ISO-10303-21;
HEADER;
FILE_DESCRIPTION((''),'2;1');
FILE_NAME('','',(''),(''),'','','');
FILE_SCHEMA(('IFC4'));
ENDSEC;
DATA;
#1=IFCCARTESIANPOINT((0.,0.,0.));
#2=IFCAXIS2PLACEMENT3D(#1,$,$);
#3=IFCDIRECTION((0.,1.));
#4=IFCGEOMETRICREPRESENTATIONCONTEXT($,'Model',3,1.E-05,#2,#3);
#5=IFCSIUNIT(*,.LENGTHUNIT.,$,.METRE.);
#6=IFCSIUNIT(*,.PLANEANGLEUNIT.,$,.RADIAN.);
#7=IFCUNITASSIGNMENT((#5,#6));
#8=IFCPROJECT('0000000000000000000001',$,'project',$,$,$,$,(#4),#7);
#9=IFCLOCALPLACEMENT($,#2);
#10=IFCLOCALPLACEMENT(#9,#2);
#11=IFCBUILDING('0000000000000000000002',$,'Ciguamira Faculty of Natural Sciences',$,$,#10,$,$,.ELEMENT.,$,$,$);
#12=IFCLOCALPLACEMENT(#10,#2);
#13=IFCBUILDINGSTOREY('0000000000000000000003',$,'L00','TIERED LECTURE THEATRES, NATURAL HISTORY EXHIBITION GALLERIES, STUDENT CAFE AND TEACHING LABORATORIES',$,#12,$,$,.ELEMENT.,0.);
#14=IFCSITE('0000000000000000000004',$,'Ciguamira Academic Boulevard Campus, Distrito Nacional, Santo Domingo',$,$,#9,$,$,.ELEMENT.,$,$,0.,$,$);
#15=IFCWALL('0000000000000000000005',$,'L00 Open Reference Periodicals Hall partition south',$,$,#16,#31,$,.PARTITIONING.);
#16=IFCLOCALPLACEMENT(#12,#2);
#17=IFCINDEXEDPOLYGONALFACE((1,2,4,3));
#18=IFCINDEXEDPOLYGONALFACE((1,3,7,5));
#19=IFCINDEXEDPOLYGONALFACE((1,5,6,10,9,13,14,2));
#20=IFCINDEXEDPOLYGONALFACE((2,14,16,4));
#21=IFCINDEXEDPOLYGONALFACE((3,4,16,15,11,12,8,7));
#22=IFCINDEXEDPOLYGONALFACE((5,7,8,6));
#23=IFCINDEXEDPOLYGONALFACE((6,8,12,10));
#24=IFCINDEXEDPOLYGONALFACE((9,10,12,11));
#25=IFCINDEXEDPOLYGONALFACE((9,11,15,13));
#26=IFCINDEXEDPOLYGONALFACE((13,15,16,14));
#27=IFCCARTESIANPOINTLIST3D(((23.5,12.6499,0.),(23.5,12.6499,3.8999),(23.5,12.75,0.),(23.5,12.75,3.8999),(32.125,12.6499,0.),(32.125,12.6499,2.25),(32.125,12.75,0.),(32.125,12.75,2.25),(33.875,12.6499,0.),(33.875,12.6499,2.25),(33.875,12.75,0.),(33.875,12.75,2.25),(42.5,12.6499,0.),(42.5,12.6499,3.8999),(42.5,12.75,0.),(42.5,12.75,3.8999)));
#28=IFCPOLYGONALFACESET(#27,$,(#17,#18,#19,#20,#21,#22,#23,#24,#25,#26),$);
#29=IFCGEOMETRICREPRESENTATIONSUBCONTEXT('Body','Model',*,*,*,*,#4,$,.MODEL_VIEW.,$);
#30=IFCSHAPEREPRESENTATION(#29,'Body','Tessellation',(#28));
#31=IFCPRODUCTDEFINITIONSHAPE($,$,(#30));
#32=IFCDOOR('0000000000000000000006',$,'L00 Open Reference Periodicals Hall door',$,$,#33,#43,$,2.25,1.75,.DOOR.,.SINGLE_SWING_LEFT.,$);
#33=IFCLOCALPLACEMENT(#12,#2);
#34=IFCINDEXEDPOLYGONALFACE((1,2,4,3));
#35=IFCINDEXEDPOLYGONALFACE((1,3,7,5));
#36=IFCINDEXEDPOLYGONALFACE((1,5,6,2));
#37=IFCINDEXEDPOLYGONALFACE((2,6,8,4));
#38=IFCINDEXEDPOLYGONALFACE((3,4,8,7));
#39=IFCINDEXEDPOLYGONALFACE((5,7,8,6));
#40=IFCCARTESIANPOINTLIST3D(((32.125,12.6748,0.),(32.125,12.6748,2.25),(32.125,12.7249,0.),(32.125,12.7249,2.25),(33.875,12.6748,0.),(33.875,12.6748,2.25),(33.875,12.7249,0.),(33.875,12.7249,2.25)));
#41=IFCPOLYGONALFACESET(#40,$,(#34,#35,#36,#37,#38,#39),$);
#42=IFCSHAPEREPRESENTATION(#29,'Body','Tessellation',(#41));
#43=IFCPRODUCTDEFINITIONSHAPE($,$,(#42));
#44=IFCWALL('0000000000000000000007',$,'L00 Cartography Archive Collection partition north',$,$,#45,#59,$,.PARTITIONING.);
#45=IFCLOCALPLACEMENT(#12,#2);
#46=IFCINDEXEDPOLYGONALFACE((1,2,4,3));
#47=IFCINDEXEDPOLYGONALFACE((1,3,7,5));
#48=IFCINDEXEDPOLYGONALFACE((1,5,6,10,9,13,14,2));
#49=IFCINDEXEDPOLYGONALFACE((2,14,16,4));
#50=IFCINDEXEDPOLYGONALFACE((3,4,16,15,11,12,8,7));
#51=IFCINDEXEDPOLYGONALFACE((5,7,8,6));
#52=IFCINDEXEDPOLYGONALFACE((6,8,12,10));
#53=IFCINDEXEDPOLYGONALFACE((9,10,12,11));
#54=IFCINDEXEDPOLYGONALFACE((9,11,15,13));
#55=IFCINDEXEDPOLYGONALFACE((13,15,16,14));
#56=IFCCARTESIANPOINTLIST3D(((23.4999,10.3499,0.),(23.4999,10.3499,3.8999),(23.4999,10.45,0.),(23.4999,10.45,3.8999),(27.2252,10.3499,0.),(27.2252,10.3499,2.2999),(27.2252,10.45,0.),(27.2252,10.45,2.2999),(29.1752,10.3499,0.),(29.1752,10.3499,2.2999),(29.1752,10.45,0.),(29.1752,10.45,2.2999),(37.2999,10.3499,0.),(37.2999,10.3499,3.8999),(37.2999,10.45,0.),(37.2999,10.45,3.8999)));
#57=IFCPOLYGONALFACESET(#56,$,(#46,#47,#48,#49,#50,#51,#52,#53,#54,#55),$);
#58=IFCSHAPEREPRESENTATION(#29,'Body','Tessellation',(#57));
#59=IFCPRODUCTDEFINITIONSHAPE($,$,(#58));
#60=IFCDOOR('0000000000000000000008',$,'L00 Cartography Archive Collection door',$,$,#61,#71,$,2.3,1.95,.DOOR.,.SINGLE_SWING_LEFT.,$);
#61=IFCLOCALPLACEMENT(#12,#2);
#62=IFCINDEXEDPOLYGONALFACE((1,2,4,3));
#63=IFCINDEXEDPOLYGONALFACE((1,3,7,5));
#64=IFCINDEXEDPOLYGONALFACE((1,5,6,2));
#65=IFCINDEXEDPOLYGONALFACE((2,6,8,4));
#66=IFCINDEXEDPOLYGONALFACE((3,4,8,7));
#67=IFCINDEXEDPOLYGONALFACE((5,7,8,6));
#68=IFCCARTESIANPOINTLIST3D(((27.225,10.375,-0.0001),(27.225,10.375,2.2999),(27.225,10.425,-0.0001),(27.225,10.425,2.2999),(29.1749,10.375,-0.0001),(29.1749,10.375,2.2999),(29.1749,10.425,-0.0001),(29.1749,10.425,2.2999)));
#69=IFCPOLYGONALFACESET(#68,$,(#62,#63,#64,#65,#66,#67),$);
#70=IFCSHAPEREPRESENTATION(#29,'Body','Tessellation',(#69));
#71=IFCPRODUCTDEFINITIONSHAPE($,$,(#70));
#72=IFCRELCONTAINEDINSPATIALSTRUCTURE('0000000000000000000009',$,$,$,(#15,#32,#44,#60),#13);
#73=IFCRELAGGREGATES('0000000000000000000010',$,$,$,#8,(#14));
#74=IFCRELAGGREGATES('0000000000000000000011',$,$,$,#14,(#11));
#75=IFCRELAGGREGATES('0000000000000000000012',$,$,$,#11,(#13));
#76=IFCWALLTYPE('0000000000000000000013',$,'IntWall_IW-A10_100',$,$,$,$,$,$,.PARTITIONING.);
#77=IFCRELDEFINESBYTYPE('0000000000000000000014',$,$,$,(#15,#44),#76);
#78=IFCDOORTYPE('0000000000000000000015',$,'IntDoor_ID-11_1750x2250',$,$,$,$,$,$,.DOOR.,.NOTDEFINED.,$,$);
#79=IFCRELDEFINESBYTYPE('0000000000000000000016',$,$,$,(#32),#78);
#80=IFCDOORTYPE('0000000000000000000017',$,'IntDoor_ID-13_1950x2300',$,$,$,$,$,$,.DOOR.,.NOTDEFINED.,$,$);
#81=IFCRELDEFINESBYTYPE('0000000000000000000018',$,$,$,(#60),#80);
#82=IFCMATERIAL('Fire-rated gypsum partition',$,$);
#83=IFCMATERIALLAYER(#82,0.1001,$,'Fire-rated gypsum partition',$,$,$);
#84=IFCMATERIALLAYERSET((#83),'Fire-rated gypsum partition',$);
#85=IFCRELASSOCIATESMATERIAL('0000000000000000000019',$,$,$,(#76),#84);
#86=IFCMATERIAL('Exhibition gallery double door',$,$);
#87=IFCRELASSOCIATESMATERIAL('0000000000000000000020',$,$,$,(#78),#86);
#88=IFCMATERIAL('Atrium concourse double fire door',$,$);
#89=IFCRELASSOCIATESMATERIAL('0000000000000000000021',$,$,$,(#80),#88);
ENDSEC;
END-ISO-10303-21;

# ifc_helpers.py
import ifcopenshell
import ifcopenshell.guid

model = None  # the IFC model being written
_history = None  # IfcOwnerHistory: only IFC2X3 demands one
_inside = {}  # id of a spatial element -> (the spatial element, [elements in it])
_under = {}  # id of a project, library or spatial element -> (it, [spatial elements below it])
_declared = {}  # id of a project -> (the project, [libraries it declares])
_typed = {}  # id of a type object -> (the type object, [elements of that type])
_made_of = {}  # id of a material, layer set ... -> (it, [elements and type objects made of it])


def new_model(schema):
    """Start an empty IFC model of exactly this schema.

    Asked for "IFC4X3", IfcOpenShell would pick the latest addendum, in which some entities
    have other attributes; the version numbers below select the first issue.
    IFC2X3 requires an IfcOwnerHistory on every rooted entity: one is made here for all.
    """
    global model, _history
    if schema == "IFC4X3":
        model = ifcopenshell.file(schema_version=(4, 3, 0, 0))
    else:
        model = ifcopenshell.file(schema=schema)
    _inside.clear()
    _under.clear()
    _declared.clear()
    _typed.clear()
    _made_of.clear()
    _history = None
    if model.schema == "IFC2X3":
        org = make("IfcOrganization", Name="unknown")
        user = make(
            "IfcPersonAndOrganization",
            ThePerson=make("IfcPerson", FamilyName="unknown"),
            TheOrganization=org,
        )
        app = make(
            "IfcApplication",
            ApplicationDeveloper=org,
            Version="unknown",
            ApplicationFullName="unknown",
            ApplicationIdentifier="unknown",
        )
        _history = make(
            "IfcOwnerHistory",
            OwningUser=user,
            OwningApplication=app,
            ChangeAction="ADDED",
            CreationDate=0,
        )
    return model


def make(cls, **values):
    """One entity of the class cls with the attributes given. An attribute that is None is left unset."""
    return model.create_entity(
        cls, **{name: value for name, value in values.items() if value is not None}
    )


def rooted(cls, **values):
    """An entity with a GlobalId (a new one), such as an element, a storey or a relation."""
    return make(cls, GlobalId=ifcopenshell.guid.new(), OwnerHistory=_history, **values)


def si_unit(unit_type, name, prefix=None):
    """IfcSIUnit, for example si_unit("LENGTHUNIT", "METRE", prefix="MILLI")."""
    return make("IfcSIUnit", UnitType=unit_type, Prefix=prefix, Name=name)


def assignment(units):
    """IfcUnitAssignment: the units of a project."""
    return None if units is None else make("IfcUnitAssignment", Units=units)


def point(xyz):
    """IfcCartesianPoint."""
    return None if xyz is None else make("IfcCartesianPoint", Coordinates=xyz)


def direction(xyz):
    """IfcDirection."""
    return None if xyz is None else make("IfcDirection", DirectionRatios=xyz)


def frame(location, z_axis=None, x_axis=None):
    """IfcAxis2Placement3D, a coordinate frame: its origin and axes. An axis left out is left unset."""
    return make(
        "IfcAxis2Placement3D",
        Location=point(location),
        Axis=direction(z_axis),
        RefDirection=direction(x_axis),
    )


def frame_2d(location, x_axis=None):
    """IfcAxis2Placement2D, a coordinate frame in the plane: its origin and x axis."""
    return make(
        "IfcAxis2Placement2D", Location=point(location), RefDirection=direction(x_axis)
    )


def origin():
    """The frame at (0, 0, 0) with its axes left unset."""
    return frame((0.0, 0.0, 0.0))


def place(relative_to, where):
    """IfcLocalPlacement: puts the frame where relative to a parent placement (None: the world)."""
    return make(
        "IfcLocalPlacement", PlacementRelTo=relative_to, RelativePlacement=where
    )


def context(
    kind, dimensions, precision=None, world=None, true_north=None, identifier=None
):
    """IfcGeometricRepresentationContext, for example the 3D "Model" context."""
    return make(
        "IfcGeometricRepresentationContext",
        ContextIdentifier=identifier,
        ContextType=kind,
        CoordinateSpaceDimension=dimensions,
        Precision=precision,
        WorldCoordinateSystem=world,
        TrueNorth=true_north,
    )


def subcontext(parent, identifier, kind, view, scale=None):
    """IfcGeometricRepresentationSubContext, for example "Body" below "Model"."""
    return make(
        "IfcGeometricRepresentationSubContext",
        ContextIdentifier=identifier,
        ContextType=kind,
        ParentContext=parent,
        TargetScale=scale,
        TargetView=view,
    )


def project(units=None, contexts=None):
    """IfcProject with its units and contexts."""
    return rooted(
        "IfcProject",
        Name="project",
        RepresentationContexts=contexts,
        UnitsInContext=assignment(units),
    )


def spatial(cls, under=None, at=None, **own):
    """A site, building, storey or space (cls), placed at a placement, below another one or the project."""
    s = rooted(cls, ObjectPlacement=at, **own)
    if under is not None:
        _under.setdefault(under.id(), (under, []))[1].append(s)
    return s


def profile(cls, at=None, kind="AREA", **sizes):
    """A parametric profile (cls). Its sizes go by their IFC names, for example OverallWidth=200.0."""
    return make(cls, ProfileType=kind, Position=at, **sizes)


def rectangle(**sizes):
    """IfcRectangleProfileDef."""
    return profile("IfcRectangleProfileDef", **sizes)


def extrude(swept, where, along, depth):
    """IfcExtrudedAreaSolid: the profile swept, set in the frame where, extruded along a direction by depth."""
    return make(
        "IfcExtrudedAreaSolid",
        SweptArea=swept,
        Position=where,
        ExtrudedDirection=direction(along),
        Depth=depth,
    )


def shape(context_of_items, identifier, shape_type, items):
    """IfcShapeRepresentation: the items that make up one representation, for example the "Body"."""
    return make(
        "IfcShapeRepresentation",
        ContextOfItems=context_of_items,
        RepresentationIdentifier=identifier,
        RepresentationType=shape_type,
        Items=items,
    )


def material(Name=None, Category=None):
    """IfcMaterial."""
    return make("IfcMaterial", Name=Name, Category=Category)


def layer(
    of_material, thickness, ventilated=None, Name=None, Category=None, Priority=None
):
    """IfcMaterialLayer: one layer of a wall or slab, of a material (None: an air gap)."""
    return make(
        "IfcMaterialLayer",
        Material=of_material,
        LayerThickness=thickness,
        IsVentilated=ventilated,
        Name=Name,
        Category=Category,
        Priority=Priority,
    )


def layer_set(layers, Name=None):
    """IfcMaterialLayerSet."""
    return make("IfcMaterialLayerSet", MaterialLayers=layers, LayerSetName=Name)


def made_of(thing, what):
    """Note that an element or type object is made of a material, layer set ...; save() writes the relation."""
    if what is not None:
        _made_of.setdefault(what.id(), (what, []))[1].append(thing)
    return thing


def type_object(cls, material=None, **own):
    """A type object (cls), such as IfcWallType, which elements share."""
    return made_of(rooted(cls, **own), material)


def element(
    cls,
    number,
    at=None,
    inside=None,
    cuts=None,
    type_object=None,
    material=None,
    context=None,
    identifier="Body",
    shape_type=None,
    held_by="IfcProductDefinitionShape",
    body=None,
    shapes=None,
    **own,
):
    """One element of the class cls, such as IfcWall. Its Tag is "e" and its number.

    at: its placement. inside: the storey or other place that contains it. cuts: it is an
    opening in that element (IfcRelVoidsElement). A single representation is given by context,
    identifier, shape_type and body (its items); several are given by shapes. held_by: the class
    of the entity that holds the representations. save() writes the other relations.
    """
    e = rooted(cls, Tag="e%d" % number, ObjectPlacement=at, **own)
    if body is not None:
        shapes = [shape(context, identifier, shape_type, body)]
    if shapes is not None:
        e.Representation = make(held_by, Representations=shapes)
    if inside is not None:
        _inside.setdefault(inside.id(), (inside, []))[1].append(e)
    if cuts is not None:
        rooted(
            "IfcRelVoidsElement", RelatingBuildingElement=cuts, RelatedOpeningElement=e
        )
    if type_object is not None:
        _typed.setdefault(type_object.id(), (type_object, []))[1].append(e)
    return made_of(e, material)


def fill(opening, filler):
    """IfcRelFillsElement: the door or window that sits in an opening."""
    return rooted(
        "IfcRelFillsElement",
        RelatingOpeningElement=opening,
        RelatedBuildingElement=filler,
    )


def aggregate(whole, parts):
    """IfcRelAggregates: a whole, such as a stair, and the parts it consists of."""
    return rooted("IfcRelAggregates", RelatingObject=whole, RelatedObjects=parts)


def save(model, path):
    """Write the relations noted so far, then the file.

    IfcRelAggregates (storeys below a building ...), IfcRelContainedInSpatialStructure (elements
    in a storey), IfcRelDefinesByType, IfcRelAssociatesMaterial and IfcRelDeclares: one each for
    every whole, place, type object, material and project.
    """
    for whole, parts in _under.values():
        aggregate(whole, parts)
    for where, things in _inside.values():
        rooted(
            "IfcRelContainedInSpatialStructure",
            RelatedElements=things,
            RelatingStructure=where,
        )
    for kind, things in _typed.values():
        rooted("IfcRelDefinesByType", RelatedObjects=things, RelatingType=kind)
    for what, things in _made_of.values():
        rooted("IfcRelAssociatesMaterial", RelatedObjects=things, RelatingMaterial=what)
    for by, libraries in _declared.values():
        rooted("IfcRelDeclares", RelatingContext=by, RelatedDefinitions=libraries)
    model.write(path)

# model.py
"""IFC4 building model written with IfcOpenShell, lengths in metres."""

from ifc_helpers import new_model, si_unit, direction, frame, frame_2d, origin, place, context, subcontext, project, spatial, rectangle, extrude, material, layer, layer_set, type_object, element, fill, save


model = new_model("IFC4")

# Units and contexts
model_context = context("Model", 3, precision=1e-05, world=origin(), true_north=direction((0.0, 1.0)))
body_context = subcontext(model_context, "Body", "Model", "MODEL_VIEW")
ifc_project = project(units=[si_unit("LENGTHUNIT", "METRE"), si_unit("PLANEANGLEUNIT", "RADIAN")], contexts=[model_context])

# Site, building, storey
site_placement = place(None, origin())
site = spatial("IfcSite", under=ifc_project, at=site_placement, Name="Ciguamira Academic Boulevard Campus, Distrito Nacional, Santo Domingo", CompositionType="ELEMENT", RefElevation=0.0)
building_placement = place(site_placement, origin())
building = spatial("IfcBuilding", under=site, at=building_placement, Name="Ciguamira Faculty of Natural Sciences", CompositionType="ELEMENT")
storey_placement = place(building_placement, origin())
storey = spatial("IfcBuildingStorey", under=building, at=storey_placement, Name="L00", Description="TIERED LECTURE THEATRES, NATURAL HISTORY EXHIBITION GALLERIES, STUDENT CAFE AND TEACHING LABORATORIES", CompositionType="ELEMENT", Elevation=0.0)

# Shared definitions
ifc_material_1 = material(Name="Fire-rated gypsum partition")
ifc_layer = layer(ifc_material_1, 0.1001, Name="Fire-rated gypsum partition")
ifc_layer_set = layer_set([ifc_layer], Name="Fire-rated gypsum partition")
wall_type = type_object("IfcWallType", Name="IntWall_IW-A10_100", PredefinedType="PARTITIONING", material=ifc_layer_set)

# Walls, openings, doors
wall_1_placement = place(storey_placement, frame((23.5, 12.7, 0.0), z_axis=(0.0, 0.0, 1.0), x_axis=(1.0, 0.0, 0.0)))
wall_1 = element("IfcWall", 1, at=wall_1_placement, inside=storey, type_object=wall_type, Name="L00 Open Reference Periodicals Hall partition south", PredefinedType="PARTITIONING", context=body_context, shape_type="SweptSolid", body=[
    extrude(rectangle(XDim=19.0, YDim=0.1001, at=frame_2d((9.5, 0.0))), origin(), (0.0, 0.0, 1.0), 3.8999),
])
opening_1_placement = place(wall_1_placement, frame((8.625, 0.0, 0.0)))
opening_1 = element("IfcOpeningElement", 2, at=opening_1_placement, cuts=wall_1, PredefinedType="OPENING", context=body_context, shape_type="SweptSolid", body=[
    extrude(rectangle(XDim=1.75, YDim=2.25, at=frame_2d((0.875, 1.125))), frame((0.0, 0.0601, 0.0), z_axis=(0.0, -1.0, 0.0), x_axis=(1.0, 0.0, 0.0)), (0.0, 0.0, 1.0), 0.1201),
])
ifc_material_2 = material(Name="Exhibition gallery double door")
door_type_1 = type_object("IfcDoorType", Name="IntDoor_ID-11_1750x2250", OperationType="NOTDEFINED", PredefinedType="DOOR", material=ifc_material_2)
door_1_placement = place(opening_1_placement, origin())
door_1 = element("IfcDoor", 3, at=door_1_placement, inside=storey, type_object=door_type_1, Name="L00 Open Reference Periodicals Hall door", OperationType="SINGLE_SWING_LEFT", OverallHeight=2.25, OverallWidth=1.75, PredefinedType="DOOR", context=body_context, shape_type="SweptSolid", body=[
    extrude(rectangle(XDim=1.75, YDim=2.25, at=frame_2d((0.875, 1.125))), frame((0.0, 0.0249, 0.0), z_axis=(0.0, -1.0, 0.0), x_axis=(1.0, 0.0, 0.0)), (0.0, 0.0, 1.0), 0.05),
])
fill(opening_1, door_1)
wall_2_placement = place(storey_placement, frame((23.5, 10.3999, 0.0), z_axis=(0.0, 0.0, 1.0), x_axis=(1.0, 0.0, 0.0)))
wall_2 = element("IfcWall", 4, at=wall_2_placement, inside=storey, type_object=wall_type, Name="L00 Cartography Archive Collection partition north", PredefinedType="PARTITIONING", context=body_context, shape_type="SweptSolid", body=[
    extrude(rectangle(XDim=13.8, YDim=0.1001, at=frame_2d((6.8999, 0.0))), origin(), (0.0, 0.0, 1.0), 3.8999),
])
opening_2_placement = place(wall_2_placement, frame((3.7251, 0.0, 0.0)))
opening_2 = element("IfcOpeningElement", 5, at=opening_2_placement, cuts=wall_2, PredefinedType="OPENING", context=body_context, shape_type="SweptSolid", body=[
    extrude(rectangle(XDim=1.95, YDim=2.3, at=frame_2d((0.9751, 1.1499))), frame((0.0, 0.0601, 0.0), z_axis=(0.0, -1.0, 0.0), x_axis=(1.0, 0.0, 0.0)), (0.0, 0.0, 1.0), 0.1201),
])
ifc_material_3 = material(Name="Atrium concourse double fire door")
door_type_2 = type_object("IfcDoorType", Name="IntDoor_ID-13_1950x2300", OperationType="NOTDEFINED", PredefinedType="DOOR", material=ifc_material_3)
door_2_placement = place(opening_2_placement, frame((1.95, 0.0, 0.0), z_axis=(0.0, 0.0, 1.0), x_axis=(-1.0, 0.0, 0.0)))
door_2 = element("IfcDoor", 6, at=door_2_placement, inside=storey, type_object=door_type_2, Name="L00 Cartography Archive Collection door", OperationType="SINGLE_SWING_LEFT", OverallHeight=2.3, OverallWidth=1.95, PredefinedType="DOOR", context=body_context, shape_type="SweptSolid", body=[
    extrude(rectangle(XDim=1.95, YDim=2.3, at=frame_2d((0.9751, 1.1499))), frame((0.0, 0.0249, 0.0), z_axis=(0.0, -1.0, 0.0), x_axis=(1.0, 0.0, 0.0)), (0.0, 0.0, 1.0), 0.05),
])
fill(opening_2, door_2)

save(model, "model.ifc")
